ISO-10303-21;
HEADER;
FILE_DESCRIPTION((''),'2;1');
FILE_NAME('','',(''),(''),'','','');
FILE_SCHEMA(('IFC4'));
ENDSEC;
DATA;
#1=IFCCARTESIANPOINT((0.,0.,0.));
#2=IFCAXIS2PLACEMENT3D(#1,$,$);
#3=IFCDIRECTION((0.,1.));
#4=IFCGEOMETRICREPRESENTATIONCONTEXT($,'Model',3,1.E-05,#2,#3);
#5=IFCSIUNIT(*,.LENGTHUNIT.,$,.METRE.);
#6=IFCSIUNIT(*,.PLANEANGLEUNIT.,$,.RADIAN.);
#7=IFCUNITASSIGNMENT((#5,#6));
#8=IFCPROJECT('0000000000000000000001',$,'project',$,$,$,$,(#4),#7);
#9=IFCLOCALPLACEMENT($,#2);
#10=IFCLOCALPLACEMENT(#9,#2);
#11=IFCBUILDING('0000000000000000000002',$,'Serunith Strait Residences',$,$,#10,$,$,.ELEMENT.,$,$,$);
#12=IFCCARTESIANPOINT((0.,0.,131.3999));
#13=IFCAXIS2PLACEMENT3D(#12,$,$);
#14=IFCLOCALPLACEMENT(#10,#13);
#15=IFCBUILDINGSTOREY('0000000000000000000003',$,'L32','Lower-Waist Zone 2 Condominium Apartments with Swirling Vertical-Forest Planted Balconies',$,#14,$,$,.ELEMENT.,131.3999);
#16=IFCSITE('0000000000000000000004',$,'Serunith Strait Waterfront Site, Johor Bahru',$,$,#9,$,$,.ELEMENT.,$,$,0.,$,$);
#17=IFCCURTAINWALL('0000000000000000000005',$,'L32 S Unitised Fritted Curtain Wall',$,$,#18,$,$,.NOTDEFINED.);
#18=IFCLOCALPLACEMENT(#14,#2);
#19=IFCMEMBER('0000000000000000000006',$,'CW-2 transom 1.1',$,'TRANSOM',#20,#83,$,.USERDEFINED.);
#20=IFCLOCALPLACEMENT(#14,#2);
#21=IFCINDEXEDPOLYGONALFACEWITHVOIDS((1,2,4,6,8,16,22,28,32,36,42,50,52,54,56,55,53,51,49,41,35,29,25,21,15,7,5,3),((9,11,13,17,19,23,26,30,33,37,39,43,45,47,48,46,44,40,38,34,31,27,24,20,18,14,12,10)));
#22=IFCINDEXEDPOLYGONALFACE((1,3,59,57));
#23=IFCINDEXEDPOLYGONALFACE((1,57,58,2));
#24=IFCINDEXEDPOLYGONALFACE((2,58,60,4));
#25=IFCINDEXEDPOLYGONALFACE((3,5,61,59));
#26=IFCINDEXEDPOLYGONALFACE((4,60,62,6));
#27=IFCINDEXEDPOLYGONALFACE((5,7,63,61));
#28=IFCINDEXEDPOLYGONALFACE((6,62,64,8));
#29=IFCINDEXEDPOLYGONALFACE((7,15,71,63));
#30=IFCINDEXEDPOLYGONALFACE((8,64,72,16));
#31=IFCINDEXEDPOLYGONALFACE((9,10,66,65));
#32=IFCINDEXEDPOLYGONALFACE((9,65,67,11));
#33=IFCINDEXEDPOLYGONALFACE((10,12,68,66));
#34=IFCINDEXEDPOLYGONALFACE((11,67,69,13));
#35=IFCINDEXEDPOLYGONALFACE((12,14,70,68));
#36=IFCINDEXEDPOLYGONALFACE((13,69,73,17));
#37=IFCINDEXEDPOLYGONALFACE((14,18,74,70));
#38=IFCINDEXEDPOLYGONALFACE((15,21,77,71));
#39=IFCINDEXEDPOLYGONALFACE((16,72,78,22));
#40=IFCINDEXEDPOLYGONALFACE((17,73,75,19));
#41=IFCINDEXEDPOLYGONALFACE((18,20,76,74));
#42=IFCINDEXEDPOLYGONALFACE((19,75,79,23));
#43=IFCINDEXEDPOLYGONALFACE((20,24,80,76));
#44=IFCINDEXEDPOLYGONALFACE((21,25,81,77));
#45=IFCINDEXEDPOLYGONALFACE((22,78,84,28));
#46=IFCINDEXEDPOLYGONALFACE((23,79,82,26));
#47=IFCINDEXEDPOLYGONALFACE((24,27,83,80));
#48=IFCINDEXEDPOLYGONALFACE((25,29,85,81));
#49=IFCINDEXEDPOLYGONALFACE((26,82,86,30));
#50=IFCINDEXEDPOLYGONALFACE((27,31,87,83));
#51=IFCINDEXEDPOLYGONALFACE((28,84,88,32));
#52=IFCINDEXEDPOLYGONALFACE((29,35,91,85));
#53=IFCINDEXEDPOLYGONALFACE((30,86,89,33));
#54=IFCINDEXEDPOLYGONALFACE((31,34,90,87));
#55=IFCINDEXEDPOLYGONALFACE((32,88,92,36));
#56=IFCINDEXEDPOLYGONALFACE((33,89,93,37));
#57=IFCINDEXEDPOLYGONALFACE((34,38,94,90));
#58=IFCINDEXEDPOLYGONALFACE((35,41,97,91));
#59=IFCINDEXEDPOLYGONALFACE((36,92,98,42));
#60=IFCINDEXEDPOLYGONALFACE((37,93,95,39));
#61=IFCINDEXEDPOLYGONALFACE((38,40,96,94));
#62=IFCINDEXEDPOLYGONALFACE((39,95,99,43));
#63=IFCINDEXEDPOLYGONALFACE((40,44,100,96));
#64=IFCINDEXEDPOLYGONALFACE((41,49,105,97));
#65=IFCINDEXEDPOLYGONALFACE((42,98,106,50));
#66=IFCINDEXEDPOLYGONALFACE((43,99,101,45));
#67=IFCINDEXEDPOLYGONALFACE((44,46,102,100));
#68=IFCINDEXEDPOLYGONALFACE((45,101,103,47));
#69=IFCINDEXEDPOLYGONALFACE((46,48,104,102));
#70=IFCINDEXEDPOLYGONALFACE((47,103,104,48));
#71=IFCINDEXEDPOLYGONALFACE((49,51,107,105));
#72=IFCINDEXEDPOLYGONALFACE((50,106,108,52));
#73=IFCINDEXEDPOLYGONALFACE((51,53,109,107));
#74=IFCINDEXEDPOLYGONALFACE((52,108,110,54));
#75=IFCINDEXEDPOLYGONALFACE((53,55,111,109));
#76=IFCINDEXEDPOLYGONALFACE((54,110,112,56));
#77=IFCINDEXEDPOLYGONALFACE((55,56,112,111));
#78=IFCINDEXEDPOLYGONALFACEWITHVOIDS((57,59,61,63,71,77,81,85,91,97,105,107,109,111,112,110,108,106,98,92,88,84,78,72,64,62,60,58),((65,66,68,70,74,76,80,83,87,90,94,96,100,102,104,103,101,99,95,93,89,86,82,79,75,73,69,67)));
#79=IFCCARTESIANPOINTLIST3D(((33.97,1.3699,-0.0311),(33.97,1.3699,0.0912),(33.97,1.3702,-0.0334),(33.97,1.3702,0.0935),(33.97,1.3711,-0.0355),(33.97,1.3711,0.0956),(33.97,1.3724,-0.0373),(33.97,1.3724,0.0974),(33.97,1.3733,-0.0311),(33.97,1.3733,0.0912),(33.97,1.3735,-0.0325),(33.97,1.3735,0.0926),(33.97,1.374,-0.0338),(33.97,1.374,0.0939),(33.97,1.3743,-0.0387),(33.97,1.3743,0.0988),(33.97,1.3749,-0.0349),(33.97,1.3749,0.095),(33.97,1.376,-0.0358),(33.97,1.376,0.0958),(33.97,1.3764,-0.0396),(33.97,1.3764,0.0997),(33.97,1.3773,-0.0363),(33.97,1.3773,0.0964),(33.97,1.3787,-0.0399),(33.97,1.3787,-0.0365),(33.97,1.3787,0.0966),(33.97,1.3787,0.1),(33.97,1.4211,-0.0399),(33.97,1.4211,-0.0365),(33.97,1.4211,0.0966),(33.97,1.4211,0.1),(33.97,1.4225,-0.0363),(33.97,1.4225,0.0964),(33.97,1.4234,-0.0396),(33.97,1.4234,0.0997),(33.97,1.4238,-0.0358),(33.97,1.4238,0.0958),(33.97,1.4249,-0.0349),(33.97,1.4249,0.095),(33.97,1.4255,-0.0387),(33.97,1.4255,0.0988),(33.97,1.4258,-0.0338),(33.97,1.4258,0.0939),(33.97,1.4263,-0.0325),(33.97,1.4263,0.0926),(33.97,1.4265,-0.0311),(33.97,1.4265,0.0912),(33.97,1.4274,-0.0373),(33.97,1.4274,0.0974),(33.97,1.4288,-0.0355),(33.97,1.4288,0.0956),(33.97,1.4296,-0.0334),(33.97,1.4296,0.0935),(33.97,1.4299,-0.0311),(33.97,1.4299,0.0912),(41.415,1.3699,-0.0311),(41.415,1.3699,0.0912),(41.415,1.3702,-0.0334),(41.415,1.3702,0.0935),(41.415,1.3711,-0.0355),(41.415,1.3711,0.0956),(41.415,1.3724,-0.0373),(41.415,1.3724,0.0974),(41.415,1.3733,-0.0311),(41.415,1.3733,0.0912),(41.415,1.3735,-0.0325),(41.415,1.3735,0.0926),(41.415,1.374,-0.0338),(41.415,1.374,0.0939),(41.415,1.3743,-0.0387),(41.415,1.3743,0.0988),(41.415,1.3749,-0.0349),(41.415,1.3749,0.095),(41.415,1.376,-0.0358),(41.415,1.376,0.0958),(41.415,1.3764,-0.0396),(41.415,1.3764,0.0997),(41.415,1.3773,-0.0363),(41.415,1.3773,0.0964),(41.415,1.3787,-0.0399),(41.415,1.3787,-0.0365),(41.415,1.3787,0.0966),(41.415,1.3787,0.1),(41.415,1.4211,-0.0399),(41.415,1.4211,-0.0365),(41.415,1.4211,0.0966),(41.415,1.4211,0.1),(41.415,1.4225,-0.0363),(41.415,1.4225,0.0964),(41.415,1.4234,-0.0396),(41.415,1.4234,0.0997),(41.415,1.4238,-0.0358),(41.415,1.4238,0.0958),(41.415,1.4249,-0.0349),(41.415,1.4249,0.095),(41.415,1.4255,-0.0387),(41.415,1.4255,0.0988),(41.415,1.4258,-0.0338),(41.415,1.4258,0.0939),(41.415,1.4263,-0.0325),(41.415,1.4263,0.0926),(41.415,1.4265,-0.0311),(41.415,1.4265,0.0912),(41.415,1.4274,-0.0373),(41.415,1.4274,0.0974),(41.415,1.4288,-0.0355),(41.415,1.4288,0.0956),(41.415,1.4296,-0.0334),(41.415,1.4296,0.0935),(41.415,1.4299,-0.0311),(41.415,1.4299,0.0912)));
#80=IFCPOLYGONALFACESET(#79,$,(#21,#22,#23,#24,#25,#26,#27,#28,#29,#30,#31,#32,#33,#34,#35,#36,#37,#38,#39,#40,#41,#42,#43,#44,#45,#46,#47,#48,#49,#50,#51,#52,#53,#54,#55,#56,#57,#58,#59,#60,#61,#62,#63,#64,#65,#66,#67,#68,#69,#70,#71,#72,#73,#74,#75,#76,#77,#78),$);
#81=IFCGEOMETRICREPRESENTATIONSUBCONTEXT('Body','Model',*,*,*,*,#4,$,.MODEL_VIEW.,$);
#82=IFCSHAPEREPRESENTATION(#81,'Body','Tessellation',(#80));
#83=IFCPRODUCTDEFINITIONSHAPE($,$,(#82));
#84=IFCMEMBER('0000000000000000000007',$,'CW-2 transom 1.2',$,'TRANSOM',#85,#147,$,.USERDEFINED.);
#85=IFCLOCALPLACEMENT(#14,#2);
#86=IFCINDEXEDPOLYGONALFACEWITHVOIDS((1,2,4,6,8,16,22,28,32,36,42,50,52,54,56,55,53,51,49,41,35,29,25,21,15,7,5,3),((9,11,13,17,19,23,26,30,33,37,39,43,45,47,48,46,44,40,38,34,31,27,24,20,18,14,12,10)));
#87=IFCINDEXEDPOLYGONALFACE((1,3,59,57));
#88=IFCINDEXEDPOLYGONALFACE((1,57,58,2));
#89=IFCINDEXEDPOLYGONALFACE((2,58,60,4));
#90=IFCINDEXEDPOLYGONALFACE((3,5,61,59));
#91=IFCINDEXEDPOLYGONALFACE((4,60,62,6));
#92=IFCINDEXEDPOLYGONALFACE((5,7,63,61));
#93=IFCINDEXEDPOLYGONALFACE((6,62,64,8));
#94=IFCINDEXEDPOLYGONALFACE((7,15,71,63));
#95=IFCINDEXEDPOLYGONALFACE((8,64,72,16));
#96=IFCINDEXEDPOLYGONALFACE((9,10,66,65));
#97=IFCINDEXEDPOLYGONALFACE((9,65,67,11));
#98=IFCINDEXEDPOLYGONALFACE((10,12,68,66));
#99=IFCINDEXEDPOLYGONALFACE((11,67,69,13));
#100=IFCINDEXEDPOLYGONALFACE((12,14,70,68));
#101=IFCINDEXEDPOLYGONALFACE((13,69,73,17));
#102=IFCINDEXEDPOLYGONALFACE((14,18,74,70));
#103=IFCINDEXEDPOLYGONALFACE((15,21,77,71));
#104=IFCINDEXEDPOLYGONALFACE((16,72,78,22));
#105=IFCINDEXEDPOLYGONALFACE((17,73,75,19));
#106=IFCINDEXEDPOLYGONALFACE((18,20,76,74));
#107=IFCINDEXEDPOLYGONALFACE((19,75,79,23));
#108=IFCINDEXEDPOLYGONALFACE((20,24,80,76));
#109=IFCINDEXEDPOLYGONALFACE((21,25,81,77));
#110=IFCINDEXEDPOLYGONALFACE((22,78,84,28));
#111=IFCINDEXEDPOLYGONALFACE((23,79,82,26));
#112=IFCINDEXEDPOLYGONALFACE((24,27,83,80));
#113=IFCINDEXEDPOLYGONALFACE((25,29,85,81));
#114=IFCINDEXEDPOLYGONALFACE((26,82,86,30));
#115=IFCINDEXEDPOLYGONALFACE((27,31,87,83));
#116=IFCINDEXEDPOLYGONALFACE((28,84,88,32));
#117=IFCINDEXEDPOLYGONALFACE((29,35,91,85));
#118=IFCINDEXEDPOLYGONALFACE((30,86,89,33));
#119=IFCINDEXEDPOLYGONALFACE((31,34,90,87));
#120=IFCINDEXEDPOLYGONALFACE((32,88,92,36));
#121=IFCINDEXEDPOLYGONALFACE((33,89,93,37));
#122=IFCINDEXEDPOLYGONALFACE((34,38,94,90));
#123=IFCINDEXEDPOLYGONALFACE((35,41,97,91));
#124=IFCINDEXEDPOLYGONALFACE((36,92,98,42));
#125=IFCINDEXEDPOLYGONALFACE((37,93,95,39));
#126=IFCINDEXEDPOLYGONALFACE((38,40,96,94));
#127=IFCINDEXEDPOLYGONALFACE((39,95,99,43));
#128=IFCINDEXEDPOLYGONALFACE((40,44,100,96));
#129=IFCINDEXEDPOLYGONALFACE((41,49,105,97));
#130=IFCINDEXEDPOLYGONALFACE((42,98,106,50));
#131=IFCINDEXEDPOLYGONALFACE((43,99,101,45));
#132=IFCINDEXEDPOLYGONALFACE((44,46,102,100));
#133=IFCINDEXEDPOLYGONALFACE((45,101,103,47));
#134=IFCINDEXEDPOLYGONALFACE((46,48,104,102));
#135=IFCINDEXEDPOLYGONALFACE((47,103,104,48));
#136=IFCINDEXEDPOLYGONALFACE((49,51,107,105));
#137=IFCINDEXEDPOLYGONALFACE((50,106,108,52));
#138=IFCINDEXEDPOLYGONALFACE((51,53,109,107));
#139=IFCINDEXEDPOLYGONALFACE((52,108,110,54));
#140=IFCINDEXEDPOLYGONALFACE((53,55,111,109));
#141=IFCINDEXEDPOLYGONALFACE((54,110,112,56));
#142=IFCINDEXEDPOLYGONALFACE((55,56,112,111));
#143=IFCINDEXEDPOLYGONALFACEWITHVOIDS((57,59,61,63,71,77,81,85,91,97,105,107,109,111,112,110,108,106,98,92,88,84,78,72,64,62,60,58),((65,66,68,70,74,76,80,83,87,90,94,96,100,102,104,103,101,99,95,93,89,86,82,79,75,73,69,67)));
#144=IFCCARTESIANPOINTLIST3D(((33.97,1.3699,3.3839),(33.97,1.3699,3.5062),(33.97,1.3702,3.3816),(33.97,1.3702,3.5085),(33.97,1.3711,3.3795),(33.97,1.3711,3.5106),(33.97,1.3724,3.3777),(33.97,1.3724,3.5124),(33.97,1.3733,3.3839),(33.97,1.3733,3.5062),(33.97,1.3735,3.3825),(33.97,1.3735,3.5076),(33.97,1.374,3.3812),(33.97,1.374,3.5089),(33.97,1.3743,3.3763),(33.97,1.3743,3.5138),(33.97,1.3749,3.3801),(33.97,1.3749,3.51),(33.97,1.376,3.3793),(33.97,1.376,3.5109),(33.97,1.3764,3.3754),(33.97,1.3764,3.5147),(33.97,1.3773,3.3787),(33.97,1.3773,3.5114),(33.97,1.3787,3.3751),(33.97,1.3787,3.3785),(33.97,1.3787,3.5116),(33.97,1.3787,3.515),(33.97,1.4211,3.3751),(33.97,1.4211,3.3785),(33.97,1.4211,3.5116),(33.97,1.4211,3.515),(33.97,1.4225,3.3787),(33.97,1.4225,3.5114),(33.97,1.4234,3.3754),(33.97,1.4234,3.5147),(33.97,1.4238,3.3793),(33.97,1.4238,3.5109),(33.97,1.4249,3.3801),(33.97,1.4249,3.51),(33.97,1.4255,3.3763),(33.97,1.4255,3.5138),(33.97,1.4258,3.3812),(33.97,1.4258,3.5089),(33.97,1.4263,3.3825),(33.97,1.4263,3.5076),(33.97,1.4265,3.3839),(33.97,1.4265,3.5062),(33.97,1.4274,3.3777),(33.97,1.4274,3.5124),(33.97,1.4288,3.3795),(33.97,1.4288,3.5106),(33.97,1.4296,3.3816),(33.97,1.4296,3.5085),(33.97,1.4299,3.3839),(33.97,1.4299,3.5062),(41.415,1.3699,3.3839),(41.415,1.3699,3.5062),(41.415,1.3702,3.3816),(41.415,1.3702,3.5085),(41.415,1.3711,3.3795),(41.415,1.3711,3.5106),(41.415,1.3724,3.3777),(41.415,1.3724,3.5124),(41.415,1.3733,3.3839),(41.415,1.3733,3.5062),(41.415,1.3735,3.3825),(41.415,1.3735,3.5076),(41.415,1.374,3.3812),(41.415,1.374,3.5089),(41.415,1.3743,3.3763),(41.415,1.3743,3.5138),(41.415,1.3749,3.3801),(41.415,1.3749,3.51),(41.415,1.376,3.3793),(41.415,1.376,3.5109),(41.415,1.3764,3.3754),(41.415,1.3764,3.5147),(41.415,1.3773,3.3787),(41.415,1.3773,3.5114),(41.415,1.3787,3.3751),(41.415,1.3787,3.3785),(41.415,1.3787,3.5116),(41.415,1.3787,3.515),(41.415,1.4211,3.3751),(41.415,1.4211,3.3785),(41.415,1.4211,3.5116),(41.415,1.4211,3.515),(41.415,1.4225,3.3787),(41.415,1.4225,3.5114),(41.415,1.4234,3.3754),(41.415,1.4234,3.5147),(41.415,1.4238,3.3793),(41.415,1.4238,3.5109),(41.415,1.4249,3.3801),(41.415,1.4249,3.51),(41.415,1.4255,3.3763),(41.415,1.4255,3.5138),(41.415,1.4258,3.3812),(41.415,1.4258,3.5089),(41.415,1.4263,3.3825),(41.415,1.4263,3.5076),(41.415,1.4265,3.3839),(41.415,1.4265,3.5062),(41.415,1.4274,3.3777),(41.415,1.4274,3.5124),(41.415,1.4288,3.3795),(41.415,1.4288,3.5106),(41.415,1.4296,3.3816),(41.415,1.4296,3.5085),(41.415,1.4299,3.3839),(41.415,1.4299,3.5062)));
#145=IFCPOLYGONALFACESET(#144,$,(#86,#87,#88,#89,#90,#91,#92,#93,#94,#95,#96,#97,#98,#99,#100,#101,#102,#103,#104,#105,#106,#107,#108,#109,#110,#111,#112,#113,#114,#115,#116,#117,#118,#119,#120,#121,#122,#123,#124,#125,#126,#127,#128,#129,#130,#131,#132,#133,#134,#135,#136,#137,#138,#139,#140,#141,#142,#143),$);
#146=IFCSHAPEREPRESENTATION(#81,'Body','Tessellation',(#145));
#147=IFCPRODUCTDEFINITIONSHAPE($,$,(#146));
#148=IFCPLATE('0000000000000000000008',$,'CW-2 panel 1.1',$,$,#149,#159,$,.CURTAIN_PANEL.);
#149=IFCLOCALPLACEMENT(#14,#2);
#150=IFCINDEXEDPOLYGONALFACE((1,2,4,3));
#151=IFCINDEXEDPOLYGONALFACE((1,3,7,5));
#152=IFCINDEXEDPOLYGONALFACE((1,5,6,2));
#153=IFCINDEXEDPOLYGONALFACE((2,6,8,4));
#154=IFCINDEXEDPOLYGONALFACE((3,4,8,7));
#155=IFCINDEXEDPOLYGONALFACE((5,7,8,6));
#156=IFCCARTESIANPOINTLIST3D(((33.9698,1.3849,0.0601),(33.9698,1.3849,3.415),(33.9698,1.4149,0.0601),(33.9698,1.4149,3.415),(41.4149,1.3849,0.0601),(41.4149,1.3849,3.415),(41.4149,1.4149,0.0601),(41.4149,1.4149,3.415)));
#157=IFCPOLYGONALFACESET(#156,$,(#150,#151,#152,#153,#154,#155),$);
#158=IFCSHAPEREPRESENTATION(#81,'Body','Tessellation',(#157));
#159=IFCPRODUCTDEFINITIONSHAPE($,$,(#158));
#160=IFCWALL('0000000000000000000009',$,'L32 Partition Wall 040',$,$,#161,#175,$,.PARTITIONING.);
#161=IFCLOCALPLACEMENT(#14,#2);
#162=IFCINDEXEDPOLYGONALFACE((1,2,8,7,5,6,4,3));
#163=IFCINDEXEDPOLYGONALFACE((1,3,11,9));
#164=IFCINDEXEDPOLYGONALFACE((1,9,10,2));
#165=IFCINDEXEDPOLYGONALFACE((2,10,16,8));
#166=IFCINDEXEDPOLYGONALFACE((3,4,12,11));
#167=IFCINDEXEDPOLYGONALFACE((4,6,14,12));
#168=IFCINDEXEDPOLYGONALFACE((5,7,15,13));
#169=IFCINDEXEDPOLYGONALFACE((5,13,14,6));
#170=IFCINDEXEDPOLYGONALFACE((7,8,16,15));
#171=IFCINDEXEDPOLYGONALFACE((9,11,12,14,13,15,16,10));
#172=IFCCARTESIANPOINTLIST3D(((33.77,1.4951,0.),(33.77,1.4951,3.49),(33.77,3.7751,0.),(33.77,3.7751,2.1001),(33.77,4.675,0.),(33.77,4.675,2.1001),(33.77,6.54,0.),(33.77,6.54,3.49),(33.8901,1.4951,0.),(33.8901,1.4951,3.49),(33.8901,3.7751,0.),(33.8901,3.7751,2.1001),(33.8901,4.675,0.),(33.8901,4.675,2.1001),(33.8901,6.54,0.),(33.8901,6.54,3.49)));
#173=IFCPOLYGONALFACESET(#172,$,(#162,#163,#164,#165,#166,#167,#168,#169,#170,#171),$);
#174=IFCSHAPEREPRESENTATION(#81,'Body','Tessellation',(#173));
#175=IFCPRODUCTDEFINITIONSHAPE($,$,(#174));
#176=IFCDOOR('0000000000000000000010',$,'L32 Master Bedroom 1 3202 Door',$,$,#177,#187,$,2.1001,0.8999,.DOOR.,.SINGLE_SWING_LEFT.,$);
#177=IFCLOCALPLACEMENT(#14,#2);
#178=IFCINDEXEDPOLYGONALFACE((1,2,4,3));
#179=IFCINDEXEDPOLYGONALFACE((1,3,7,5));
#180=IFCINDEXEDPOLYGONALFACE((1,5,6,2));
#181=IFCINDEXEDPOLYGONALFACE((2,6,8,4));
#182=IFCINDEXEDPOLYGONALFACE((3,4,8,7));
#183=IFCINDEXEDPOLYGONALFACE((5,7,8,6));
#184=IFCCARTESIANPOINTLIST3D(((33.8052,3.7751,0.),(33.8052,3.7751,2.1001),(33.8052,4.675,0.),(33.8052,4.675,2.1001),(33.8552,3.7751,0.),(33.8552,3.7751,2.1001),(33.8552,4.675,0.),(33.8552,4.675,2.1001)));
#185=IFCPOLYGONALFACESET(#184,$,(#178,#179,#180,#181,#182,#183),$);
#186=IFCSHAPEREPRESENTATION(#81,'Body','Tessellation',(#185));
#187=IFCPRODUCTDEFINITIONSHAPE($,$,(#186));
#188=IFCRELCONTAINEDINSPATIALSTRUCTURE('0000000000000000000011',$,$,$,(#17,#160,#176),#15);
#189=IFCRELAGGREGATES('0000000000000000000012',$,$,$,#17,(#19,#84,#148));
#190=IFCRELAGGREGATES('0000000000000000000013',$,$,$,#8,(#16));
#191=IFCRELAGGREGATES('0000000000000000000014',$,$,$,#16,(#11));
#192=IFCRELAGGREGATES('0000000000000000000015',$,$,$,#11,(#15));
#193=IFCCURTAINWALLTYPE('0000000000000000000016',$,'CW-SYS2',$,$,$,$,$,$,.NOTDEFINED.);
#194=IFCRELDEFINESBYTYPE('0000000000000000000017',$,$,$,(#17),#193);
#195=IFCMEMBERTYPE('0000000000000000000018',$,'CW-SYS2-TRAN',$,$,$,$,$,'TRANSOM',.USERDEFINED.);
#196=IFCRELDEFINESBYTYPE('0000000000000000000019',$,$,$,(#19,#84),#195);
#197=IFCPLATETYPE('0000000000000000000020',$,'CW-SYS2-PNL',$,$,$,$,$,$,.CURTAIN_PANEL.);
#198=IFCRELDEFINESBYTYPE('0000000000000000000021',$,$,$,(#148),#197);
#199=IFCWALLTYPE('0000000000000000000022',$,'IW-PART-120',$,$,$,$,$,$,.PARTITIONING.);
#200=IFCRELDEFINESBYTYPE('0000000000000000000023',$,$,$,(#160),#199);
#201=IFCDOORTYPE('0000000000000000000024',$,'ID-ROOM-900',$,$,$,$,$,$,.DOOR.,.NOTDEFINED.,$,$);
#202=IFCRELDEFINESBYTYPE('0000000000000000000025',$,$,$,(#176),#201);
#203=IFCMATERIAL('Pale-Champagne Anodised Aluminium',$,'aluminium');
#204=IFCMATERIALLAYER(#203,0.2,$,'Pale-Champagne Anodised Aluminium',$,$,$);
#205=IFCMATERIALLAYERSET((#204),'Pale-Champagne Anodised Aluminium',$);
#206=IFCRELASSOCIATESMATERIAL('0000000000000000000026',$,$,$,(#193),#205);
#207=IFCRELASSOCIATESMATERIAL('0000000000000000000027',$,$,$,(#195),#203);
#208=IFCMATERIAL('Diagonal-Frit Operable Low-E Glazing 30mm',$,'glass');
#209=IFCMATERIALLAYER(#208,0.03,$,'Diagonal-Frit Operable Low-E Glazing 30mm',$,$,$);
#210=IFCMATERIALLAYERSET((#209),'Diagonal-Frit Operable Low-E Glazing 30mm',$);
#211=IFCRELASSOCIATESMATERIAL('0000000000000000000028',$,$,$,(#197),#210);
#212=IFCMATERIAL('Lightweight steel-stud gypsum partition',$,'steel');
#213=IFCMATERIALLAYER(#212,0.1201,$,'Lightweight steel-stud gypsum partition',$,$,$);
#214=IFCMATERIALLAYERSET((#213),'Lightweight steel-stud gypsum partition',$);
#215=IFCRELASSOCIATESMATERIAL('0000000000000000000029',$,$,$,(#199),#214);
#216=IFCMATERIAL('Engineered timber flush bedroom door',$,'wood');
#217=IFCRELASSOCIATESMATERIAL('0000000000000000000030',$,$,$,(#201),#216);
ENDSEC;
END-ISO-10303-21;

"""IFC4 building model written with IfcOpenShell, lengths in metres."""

from ifc_helpers import new_model, si_unit, direction, frame, frame_2d, origin, origin_2d, place, context, subcontext, project, spatial, rectangle, hollow_rectangle, extrude, source, transform, mapped, material, layer, layer_set, material_profile, profile_set, type_object, element, fill, aggregate, save


model = new_model("IFC4")

# Units and contexts
model_context = context("Model", 3, precision=1e-05, world=origin(), true_north=direction((0.0, 1.0)))
body_context = subcontext(model_context, "Body", "Model", "MODEL_VIEW")
ifc_project = project(units=[si_unit("LENGTHUNIT", "METRE"), si_unit("PLANEANGLEUNIT", "RADIAN")], contexts=[model_context])

# Site, building, storey
site_placement = place(None, origin())
site = spatial("IfcSite", under=ifc_project, at=site_placement, Name="Serunith Strait Waterfront Site, Johor Bahru", CompositionType="ELEMENT", RefElevation=0.0)
building_placement = place(site_placement, origin())
building = spatial("IfcBuilding", under=site, at=building_placement, Name="Serunith Strait Residences", CompositionType="ELEMENT")
storey_placement = place(building_placement, frame((0.0, 0.0, 131.3999)))
storey = spatial("IfcBuildingStorey", under=building, at=storey_placement, Name="L32", Description="Lower-Waist Zone 2 Condominium Apartments with Swirling Vertical-Forest Planted Balconies", CompositionType="ELEMENT", Elevation=131.3999)

# Curtain wall, members, plate
ifc_material_1 = material(Name="Pale-Champagne Anodised Aluminium", Category="aluminium")
ifc_layer_1 = layer(ifc_material_1, 0.2, Name="Pale-Champagne Anodised Aluminium")
ifc_layer_set_1 = layer_set([ifc_layer_1], Name="Pale-Champagne Anodised Aluminium")
curtain_wall_type = type_object("IfcCurtainWallType", Name="CW-SYS2", PredefinedType="NOTDEFINED", material=ifc_layer_set_1)
curtain_wall_placement = place(storey_placement, origin())
curtain_wall = element("IfcCurtainWall", 1, at=curtain_wall_placement, inside=storey, type_object=curtain_wall_type, Name="L32 S Unitised Fritted Curtain Wall", PredefinedType="NOTDEFINED")
ifc_material_profile_1 = material_profile(ifc_material_1, hollow_rectangle(XDim=0.0601, YDim=0.1399, WallThickness=0.0034, InnerFilletRadius=0.0054, OuterFilletRadius=0.0088, at=origin_2d()), Name="ALU 140x60x3.5")
ifc_profile_set_1 = profile_set([ifc_material_profile_1], Name="Pale-Champagne Anodised Aluminium")
member_type_1 = type_object("IfcMemberType", Name="CW-SYS2-TRAN", ElementType="TRANSOM", PredefinedType="USERDEFINED", material=ifc_profile_set_1)
shared_shape_1 = source(origin(), body_context, "Body", "SweptSolid", [
    extrude(hollow_rectangle(XDim=0.0601, YDim=0.1399, WallThickness=0.0034, InnerFilletRadius=0.0054, OuterFilletRadius=0.0088, at=origin_2d()), origin(), (0.0, 0.0, 1.0), 7.4451),
])
member_1_placement = place(storey_placement, frame((33.97, 1.3999, 0.03), z_axis=(1.0, 0.0, 0.0), x_axis=(0.0, 1.0, 0.0)))
member_1 = element("IfcMember", 2, at=member_1_placement, type_object=member_type_1, Name="CW-2 transom 1.1", ObjectType="TRANSOM", PredefinedType="USERDEFINED", context=body_context, shape_type="MappedRepresentation", body=[
    mapped(shared_shape_1, transform((0.0, 0.0, 0.0), scale=1.0)),
])
member_2_placement = place(storey_placement, frame((33.97, 1.3999, 3.4451), z_axis=(1.0, 0.0, 0.0), x_axis=(0.0, 1.0, 0.0)))
member_2 = element("IfcMember", 3, at=member_2_placement, type_object=member_type_1, Name="CW-2 transom 1.2", ObjectType="TRANSOM", PredefinedType="USERDEFINED", context=body_context, shape_type="MappedRepresentation", body=[
    mapped(shared_shape_1, transform((0.0, 0.0, 0.0), scale=1.0)),
])
ifc_material_2 = material(Name="Diagonal-Frit Operable Low-E Glazing 30mm", Category="glass")
ifc_layer_2 = layer(ifc_material_2, 0.03, Name="Diagonal-Frit Operable Low-E Glazing 30mm")
ifc_layer_set_2 = layer_set([ifc_layer_2], Name="Diagonal-Frit Operable Low-E Glazing 30mm")
plate_type = type_object("IfcPlateType", Name="CW-SYS2-PNL", PredefinedType="CURTAIN_PANEL", material=ifc_layer_set_2)
shared_shape_2 = source(origin(), body_context, "Body", "SweptSolid", [
    extrude(rectangle(XDim=7.4451, YDim=0.03, at=origin_2d()), origin(), (0.0, 0.0, 1.0), 3.355),
])
plate_placement = place(storey_placement, frame((37.6924, 1.3999, 0.0601), z_axis=(0.0, 0.0, 1.0), x_axis=(1.0, 0.0, 0.0)))
plate = element("IfcPlate", 4, at=plate_placement, type_object=plate_type, Name="CW-2 panel 1.1", PredefinedType="CURTAIN_PANEL", context=body_context, shape_type="MappedRepresentation", body=[
    mapped(shared_shape_2, transform((0.0, 0.0, 0.0), scale=1.0)),
])
aggregate(curtain_wall, [member_1, member_2, plate])

# Wall, opening, door
ifc_material_3 = material(Name="Lightweight steel-stud gypsum partition", Category="steel")
ifc_layer_3 = layer(ifc_material_3, 0.1201, Name="Lightweight steel-stud gypsum partition")
ifc_layer_set_3 = layer_set([ifc_layer_3], Name="Lightweight steel-stud gypsum partition")
wall_type_1 = type_object("IfcWallType", Name="IW-PART-120", PredefinedType="PARTITIONING", material=ifc_layer_set_3)
wall_1_placement = place(storey_placement, frame((33.8301, 1.4951, 0.0), z_axis=(0.0, 0.0, 1.0), x_axis=(0.0, 1.0, 0.0)))
wall_1 = element("IfcWall", 5, at=wall_1_placement, inside=storey, type_object=wall_type_1, Name="L32 Partition Wall 040", PredefinedType="PARTITIONING", context=body_context, shape_type="SweptSolid", body=[
    extrude(rectangle(XDim=5.0449, YDim=0.1201, at=frame_2d((2.5225, 0.0))), origin(), (0.0, 0.0, 1.0), 3.49),
])
opening_1_placement = place(wall_1_placement, frame((2.28, 0.0, 0.0)))
opening_1 = element("IfcOpeningElement", 6, at=opening_1_placement, cuts=wall_1, PredefinedType="OPENING", context=body_context, shape_type="SweptSolid", body=[
    extrude(rectangle(XDim=0.8999, YDim=2.1001, at=frame_2d((0.45, 1.05))), frame((0.0, 0.0701, 0.0), z_axis=(0.0, -1.0, 0.0), x_axis=(1.0, 0.0, 0.0)), (0.0, 0.0, 1.0), 0.1401),
])
ifc_material_4 = material(Name="Engineered timber flush bedroom door", Category="wood")
door_type_1 = type_object("IfcDoorType", Name="ID-ROOM-900", OperationType="NOTDEFINED", PredefinedType="DOOR", material=ifc_material_4)
shared_shape_3 = source(origin(), body_context, "Body", "SweptSolid", [
    extrude(rectangle(XDim=0.8999, YDim=2.1001, at=frame_2d((0.45, 1.05))), frame((0.0, 0.0249, 0.0), z_axis=(0.0, -1.0, 0.0), x_axis=(1.0, 0.0, 0.0)), (0.0, 0.0, 1.0), 0.05),
])
door_1_placement = place(opening_1_placement, origin())
door_1 = element("IfcDoor", 7, at=door_1_placement, inside=storey, type_object=door_type_1, Name="L32 Master Bedroom 1 3202 Door", OperationType="SINGLE_SWING_LEFT", OverallHeight=2.1001, OverallWidth=0.8999, PredefinedType="DOOR", context=body_context, shape_type="MappedRepresentation", body=[
    mapped(shared_shape_3, transform((0.0, 0.0, 0.0), scale=1.0)),
])
fill(opening_1, door_1)

save(model, "model.ifc")
